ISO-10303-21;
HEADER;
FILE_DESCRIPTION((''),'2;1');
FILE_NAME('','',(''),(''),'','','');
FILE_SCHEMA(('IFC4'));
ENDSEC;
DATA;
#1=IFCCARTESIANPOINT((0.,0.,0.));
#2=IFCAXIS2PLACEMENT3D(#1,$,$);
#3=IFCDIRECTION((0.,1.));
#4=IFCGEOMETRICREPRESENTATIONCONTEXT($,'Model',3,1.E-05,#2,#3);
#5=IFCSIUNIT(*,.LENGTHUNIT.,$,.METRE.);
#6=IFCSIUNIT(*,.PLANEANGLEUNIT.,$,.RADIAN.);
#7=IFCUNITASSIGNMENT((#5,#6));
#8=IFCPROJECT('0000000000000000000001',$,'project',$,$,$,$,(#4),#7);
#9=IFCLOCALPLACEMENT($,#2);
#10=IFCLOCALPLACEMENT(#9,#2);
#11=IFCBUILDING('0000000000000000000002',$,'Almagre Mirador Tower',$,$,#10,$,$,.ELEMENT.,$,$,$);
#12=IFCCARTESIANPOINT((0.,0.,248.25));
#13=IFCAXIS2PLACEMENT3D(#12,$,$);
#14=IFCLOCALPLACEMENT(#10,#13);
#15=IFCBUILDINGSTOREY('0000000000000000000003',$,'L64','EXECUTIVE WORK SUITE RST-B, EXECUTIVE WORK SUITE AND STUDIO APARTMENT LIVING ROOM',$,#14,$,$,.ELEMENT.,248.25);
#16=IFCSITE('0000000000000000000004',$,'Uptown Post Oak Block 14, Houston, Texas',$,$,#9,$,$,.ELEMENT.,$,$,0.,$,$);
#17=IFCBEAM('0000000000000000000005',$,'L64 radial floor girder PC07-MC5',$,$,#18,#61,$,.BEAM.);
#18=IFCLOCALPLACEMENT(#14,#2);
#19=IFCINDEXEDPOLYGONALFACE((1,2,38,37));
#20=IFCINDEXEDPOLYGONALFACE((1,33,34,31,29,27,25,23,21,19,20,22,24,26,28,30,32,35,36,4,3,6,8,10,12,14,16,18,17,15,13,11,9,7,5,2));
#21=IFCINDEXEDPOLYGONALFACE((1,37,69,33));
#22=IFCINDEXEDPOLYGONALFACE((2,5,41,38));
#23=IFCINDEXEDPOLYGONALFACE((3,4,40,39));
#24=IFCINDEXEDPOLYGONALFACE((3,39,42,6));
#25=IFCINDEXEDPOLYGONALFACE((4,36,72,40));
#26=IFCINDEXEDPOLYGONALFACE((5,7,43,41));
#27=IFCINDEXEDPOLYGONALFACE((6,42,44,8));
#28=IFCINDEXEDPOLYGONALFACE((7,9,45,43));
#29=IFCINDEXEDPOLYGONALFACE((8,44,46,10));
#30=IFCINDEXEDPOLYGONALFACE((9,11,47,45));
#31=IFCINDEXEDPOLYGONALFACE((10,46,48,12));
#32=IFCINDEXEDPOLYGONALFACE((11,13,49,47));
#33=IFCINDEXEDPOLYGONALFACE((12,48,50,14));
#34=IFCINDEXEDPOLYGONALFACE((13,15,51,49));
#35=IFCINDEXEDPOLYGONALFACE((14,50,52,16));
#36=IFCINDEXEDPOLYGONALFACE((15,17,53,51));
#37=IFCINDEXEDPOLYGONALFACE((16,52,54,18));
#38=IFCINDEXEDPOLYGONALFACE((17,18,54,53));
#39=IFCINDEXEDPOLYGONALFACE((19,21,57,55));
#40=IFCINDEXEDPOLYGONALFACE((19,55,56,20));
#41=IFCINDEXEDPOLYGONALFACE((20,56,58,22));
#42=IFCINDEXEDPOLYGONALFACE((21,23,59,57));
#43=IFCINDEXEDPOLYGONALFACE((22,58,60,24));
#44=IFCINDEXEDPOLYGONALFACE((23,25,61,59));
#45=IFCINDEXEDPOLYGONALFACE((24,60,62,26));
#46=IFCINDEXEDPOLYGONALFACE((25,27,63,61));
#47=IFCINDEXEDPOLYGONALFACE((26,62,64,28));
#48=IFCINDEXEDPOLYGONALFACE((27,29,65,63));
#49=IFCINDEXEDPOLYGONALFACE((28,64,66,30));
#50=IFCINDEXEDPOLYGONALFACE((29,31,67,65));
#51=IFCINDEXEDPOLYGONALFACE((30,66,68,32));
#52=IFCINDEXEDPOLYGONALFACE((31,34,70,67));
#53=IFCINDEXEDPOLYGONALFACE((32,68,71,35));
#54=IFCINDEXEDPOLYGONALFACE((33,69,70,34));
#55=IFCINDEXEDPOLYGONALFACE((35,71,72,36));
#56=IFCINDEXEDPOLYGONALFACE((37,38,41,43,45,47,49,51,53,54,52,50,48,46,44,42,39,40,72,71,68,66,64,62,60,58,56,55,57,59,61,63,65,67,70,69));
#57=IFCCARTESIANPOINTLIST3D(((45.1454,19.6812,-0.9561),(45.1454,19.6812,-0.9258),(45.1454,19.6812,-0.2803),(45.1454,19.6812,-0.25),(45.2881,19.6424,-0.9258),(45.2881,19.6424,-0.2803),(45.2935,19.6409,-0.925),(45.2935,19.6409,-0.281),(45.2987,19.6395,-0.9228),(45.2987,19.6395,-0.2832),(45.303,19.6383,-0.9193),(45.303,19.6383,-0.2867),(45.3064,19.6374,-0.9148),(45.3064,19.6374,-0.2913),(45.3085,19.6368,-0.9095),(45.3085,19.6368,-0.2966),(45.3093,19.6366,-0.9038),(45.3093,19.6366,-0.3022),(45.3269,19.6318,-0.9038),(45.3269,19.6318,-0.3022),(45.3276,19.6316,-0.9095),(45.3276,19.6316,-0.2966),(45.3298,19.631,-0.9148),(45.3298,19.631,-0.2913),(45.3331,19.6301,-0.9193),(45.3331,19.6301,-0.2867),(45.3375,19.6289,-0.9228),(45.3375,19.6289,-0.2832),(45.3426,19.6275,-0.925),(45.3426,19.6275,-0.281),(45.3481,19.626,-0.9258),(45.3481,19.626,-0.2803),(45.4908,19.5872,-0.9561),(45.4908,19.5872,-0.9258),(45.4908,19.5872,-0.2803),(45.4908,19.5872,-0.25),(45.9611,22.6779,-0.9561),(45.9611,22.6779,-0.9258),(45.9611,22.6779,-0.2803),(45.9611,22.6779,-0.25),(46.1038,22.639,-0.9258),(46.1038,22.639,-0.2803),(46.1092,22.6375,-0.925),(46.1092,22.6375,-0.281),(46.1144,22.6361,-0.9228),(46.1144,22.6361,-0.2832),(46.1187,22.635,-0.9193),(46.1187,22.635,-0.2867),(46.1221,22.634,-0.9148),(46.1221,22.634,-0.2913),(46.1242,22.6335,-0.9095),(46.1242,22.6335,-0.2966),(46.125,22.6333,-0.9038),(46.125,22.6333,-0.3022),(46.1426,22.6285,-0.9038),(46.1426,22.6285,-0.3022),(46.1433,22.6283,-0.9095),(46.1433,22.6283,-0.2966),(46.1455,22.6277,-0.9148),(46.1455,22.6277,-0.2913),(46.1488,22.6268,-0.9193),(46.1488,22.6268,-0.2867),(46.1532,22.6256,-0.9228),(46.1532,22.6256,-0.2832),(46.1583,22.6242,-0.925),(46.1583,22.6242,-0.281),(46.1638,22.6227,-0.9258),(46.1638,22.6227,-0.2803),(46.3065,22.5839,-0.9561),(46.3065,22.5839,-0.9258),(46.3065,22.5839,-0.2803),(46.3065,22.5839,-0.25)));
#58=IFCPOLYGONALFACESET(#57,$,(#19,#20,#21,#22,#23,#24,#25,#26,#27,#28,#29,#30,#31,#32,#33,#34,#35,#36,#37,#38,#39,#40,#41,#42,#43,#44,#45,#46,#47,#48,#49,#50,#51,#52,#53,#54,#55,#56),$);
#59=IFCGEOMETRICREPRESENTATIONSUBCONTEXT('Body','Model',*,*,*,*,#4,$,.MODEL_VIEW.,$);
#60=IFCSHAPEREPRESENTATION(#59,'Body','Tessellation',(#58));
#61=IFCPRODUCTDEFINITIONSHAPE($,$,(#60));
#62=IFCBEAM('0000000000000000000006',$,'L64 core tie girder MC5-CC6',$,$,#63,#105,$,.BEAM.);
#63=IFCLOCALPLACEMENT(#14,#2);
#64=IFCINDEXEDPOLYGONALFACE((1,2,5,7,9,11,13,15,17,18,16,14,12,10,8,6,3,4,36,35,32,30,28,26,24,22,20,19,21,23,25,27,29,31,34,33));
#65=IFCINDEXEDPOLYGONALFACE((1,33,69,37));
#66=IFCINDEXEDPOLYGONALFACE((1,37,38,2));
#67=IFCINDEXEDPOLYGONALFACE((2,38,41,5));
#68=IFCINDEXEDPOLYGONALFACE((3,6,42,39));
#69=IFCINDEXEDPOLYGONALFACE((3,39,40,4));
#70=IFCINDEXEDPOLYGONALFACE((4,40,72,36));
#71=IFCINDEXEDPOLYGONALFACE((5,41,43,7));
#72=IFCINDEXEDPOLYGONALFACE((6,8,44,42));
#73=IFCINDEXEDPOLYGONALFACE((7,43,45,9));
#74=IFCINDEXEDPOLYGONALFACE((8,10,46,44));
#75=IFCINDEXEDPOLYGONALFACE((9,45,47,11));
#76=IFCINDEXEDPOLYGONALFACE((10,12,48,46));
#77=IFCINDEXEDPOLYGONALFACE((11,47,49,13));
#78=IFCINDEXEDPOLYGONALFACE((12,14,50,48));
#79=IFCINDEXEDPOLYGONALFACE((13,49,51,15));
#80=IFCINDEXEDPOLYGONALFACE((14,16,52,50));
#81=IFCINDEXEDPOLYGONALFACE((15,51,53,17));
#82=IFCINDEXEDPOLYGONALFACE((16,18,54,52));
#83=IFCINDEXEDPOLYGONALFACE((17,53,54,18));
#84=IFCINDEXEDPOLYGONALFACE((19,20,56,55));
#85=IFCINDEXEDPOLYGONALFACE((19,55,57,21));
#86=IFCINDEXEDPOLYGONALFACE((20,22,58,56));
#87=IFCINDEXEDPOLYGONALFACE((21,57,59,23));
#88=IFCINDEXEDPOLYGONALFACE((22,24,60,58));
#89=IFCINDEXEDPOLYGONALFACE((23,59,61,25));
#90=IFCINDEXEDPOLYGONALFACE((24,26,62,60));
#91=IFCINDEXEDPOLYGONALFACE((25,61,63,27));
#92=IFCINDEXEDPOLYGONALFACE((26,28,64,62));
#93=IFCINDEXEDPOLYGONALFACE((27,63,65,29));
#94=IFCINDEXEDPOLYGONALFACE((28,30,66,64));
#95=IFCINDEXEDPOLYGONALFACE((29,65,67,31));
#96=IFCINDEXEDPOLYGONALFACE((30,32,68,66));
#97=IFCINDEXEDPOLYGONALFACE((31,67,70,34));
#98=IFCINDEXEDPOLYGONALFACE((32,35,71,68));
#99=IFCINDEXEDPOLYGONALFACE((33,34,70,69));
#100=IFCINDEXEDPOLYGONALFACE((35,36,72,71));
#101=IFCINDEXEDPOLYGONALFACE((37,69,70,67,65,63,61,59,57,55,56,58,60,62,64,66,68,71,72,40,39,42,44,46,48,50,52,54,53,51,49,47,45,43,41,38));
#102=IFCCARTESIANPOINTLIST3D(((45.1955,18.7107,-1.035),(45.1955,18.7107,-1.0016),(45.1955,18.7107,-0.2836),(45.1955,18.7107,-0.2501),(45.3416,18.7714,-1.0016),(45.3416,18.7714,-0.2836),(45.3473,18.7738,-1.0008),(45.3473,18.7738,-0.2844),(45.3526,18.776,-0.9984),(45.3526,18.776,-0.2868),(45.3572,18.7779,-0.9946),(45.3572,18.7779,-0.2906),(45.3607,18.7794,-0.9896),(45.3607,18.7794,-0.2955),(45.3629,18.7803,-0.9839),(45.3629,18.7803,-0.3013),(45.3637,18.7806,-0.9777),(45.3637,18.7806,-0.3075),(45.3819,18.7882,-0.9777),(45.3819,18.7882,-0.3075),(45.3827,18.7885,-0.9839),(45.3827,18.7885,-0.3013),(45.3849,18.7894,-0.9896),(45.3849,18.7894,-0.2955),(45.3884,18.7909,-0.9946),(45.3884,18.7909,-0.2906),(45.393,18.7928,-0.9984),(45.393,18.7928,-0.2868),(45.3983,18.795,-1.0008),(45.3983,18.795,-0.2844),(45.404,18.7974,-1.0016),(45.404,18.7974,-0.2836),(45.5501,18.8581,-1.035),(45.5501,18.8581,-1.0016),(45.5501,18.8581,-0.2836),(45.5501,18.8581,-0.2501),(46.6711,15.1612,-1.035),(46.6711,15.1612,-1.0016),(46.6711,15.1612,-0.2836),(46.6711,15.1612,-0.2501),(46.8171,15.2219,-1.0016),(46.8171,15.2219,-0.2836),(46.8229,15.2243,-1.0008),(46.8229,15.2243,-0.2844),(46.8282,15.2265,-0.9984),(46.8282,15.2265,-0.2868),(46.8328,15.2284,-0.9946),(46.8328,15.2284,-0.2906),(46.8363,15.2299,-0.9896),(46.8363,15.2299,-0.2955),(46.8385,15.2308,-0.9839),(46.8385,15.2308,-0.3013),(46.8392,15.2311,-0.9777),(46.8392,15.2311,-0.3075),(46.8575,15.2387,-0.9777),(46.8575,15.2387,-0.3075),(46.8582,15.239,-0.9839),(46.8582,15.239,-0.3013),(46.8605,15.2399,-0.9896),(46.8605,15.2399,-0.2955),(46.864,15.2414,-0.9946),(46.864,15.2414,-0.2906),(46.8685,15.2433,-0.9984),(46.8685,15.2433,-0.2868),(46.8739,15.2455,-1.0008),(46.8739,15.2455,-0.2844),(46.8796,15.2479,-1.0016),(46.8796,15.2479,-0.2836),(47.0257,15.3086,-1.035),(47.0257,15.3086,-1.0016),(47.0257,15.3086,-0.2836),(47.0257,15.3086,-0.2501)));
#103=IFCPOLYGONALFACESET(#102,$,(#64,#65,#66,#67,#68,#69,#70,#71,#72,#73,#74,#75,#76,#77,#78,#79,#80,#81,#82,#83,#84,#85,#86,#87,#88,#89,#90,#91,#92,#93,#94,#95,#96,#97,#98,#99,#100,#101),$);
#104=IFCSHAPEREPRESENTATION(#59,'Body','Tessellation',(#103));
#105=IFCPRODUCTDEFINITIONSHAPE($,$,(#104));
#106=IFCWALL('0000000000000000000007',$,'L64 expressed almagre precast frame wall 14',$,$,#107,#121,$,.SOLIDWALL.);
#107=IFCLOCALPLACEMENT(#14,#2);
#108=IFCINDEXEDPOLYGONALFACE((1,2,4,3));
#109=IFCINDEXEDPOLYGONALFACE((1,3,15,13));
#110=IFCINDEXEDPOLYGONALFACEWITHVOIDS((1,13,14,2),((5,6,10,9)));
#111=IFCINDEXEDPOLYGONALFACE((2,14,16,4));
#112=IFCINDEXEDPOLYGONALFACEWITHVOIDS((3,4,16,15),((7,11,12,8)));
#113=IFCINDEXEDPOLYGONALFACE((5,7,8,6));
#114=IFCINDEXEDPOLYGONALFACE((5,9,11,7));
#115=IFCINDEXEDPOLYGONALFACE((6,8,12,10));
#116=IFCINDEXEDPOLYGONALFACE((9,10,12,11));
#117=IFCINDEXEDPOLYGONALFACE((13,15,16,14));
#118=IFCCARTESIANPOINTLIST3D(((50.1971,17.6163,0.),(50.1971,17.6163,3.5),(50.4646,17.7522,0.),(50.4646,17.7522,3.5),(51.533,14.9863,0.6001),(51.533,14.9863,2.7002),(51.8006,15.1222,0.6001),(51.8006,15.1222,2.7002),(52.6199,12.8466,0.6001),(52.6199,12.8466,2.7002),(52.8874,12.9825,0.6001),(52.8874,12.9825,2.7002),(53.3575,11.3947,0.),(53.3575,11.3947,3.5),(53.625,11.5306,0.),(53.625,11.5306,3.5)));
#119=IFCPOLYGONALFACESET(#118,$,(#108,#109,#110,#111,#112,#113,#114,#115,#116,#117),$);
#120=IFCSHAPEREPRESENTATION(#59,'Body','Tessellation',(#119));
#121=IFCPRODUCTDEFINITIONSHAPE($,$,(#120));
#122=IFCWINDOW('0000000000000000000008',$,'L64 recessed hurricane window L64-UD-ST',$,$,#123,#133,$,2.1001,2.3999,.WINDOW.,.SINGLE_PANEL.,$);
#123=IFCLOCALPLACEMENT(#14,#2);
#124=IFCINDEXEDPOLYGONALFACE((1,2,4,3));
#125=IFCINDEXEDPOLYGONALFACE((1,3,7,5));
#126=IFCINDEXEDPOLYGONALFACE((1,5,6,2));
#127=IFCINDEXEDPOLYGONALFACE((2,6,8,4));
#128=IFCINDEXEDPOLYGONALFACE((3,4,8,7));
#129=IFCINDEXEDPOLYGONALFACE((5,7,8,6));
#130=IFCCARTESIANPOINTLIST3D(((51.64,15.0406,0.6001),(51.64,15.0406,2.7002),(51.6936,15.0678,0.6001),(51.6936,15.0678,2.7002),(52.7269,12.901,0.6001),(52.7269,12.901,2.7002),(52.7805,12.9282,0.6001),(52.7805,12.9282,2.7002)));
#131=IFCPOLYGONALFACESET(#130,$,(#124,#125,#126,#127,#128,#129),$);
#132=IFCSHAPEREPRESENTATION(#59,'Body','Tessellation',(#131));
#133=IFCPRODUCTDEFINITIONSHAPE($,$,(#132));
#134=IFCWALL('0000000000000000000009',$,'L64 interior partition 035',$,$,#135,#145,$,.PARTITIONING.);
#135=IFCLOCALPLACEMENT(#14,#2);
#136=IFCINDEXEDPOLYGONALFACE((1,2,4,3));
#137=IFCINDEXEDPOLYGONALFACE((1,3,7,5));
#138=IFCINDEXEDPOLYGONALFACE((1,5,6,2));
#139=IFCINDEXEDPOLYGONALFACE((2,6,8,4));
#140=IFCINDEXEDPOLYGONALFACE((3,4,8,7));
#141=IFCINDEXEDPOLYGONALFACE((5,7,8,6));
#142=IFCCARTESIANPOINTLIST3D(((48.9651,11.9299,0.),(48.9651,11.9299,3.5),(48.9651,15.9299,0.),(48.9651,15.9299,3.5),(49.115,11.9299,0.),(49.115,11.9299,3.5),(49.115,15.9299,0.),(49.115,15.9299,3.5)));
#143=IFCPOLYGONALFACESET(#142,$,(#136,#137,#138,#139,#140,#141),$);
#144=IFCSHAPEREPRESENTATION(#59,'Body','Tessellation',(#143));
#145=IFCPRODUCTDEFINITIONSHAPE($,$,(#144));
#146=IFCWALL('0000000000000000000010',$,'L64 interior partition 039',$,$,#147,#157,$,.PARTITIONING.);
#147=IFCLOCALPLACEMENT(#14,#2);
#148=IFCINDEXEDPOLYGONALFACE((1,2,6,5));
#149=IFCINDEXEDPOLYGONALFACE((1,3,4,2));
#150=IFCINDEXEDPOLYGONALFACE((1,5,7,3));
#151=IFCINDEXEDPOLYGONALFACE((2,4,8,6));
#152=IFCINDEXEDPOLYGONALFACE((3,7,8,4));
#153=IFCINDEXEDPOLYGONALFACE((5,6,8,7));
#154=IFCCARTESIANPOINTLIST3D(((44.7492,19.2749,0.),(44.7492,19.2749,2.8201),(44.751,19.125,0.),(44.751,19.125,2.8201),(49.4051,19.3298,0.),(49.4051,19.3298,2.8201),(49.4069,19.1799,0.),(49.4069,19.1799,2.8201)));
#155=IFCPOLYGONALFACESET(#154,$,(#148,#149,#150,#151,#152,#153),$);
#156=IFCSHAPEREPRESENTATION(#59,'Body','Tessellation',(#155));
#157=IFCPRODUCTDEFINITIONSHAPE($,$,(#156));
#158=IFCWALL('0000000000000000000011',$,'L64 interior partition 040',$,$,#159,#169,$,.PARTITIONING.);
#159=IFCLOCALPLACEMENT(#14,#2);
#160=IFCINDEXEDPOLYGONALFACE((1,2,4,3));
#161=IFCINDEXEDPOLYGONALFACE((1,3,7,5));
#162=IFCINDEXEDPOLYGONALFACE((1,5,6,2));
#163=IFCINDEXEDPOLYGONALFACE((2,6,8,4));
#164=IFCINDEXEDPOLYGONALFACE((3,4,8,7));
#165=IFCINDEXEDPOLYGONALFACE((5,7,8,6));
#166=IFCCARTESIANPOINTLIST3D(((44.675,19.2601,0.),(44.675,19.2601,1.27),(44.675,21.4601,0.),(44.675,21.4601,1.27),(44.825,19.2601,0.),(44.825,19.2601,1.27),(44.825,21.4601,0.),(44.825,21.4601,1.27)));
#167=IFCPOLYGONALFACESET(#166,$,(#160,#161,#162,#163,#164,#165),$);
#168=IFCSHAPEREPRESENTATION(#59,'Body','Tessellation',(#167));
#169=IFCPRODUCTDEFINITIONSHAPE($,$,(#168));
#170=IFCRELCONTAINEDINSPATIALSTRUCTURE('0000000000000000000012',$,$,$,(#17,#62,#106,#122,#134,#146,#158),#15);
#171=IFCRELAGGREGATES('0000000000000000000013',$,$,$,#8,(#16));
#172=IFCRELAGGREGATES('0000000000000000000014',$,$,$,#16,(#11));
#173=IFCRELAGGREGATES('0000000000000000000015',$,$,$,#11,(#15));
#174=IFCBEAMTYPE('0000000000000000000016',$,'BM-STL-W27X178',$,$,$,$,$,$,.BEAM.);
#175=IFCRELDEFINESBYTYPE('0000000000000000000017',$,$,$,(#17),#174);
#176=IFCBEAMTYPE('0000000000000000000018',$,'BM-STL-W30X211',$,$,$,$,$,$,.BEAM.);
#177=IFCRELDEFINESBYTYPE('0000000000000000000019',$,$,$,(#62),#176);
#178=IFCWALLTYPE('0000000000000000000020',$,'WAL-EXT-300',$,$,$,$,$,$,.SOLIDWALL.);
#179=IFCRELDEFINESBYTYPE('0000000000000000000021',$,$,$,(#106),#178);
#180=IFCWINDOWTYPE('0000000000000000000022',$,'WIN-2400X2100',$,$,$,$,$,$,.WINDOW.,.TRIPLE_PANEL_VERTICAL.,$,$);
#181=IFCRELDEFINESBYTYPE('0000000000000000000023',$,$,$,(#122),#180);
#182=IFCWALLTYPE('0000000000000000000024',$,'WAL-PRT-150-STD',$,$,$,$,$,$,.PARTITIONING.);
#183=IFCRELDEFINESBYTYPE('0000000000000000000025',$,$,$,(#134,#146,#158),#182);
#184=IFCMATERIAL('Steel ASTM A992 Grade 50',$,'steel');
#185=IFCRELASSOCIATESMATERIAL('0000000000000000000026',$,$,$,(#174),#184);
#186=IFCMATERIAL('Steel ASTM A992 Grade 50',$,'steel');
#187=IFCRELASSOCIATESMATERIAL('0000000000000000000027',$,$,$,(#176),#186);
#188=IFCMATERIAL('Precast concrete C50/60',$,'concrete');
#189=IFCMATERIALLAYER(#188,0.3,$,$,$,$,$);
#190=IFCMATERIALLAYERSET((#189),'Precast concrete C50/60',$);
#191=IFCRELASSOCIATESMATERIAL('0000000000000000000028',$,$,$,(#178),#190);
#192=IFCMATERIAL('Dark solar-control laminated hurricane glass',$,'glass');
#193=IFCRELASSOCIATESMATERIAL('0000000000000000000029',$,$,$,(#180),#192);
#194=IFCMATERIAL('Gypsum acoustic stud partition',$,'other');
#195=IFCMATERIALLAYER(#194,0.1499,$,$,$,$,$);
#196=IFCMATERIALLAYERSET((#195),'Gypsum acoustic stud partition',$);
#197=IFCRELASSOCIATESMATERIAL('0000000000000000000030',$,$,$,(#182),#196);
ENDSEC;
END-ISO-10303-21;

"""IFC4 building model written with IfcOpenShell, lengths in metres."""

from ifc_helpers import new_model, si_unit, direction, frame, frame_2d, origin, origin_2d, place, context, subcontext, project, spatial, rectangle, i_section, extrude, material, layer, layer_set, material_profile, profile_set, type_object, element, fill, save


model = new_model("IFC4")

# Units and contexts
model_context = context("Model", 3, precision=1e-05, world=origin(), true_north=direction((0.0, 1.0)))
body_context = subcontext(model_context, "Body", "Model", "MODEL_VIEW")
ifc_project = project(units=[si_unit("LENGTHUNIT", "METRE"), si_unit("PLANEANGLEUNIT", "RADIAN")], contexts=[model_context])

# Site, building, storey
site_placement = place(None, origin())
site = spatial("IfcSite", under=ifc_project, at=site_placement, Name="Uptown Post Oak Block 14, Houston, Texas", CompositionType="ELEMENT", RefElevation=0.0)
building_placement = place(site_placement, origin())
building = spatial("IfcBuilding", under=site, at=building_placement, Name="Almagre Mirador Tower", CompositionType="ELEMENT")
storey_placement = place(building_placement, frame((0.0, 0.0, 248.25)))
storey = spatial("IfcBuildingStorey", under=building, at=storey_placement, Name="L64", Description="EXECUTIVE WORK SUITE RST-B, EXECUTIVE WORK SUITE AND STUDIO APARTMENT LIVING ROOM", CompositionType="ELEMENT", Elevation=248.25)

# Beams
ifc_material_1 = material(Name="Steel ASTM A992 Grade 50", Category="steel")
ifc_material_profile_1 = material_profile(ifc_material_1, i_section(OverallWidth=0.3579, OverallDepth=0.7061, WebThickness=0.0183, FlangeThickness=0.0303, FilletRadius=0.022, at=origin_2d()), Name="W27X178")
ifc_profile_set_1 = profile_set([ifc_material_profile_1], Name="Steel ASTM A992 Grade 50")
beam_type_1 = type_object("IfcBeamType", Name="BM-STL-W27X178", PredefinedType="BEAM", material=ifc_profile_set_1)
beam_1_placement = place(storey_placement, frame((46.1338, 22.6309, -0.603), z_axis=(-0.262645, -0.964893, 0.0), x_axis=(0.964893, -0.262645, 0.0)))
element("IfcBeam", 1, at=beam_1_placement, inside=storey, type_object=beam_type_1, Name="L64 radial floor girder PC07-MC5", PredefinedType="BEAM", context=body_context, shape_type="SweptSolid", body=[
    extrude(i_section(OverallWidth=0.3579, OverallDepth=0.7061, WebThickness=0.0183, FlangeThickness=0.0303, FilletRadius=0.022, at=origin_2d()), origin(), (0.0, 0.0, 1.0), 3.1057),
])
ifc_material_2 = material(Name="Steel ASTM A992 Grade 50", Category="steel")
ifc_material_profile_2 = material_profile(ifc_material_2, i_section(OverallWidth=0.384, OverallDepth=0.7849, WebThickness=0.0198, FlangeThickness=0.0334, FilletRadius=0.0239, at=origin_2d()), Name="W30X211")
ifc_profile_set_2 = profile_set([ifc_material_profile_2], Name="Steel ASTM A992 Grade 50")
beam_type_2 = type_object("IfcBeamType", Name="BM-STL-W30X211", PredefinedType="BEAM", material=ifc_profile_set_2)
beam_2_placement = place(storey_placement, frame((45.3728, 18.7844, -0.6426), z_axis=(0.383862, -0.92339, 0.0), x_axis=(0.92339, 0.383862, 0.0)))
element("IfcBeam", 2, at=beam_2_placement, inside=storey, type_object=beam_type_2, Name="L64 core tie girder MC5-CC6", PredefinedType="BEAM", context=body_context, shape_type="SweptSolid", body=[
    extrude(i_section(OverallWidth=0.384, OverallDepth=0.7849, WebThickness=0.0198, FlangeThickness=0.0334, FilletRadius=0.0239, at=origin_2d()), origin(), (0.0, 0.0, 1.0), 3.844),
])

# Wall, opening, window
ifc_material_3 = material(Name="Precast concrete C50/60", Category="concrete")
ifc_layer_1 = layer(ifc_material_3, 0.3)
ifc_layer_set_1 = layer_set([ifc_layer_1], Name="Precast concrete C50/60")
wall_type_1 = type_object("IfcWallType", Name="WAL-EXT-300", PredefinedType="SOLIDWALL", material=ifc_layer_set_1)
wall_1_placement = place(storey_placement, frame((50.3308, 17.6843, 0.0), z_axis=(0.0, 0.0, 1.0), x_axis=(0.452886, -0.891568, 0.0)))
wall_1 = element("IfcWall", 3, at=wall_1_placement, inside=storey, type_object=wall_type_1, Name="L64 expressed almagre precast frame wall 14", PredefinedType="SOLIDWALL", context=body_context, shape_type="SweptSolid", body=[
    extrude(rectangle(XDim=6.9783, YDim=0.3, at=frame_2d((3.4893, 0.0))), origin(), (0.0, 0.0, 1.0), 3.5),
])
opening_1_placement = place(wall_1_placement, frame((2.95, 0.0, 0.6001)))
opening_1 = element("IfcOpeningElement", 4, at=opening_1_placement, cuts=wall_1, PredefinedType="OPENING", context=body_context, shape_type="SweptSolid", body=[
    extrude(rectangle(XDim=2.3999, YDim=2.1001, at=frame_2d((1.2, 1.05))), frame((0.0, 0.1599, 0.0), z_axis=(0.0, -1.0, 0.0), x_axis=(1.0, 0.0, 0.0)), (0.0, 0.0, 1.0), 0.32),
])
ifc_material_4 = material(Name="Dark solar-control laminated hurricane glass", Category="glass")
window_type = type_object("IfcWindowType", Name="WIN-2400X2100", PartitioningType="TRIPLE_PANEL_VERTICAL", PredefinedType="WINDOW", material=ifc_material_4)
window_placement = place(opening_1_placement, origin())
window = element("IfcWindow", 5, at=window_placement, inside=storey, type_object=window_type, Name="L64 recessed hurricane window L64-UD-ST", OverallHeight=2.1001, OverallWidth=2.3999, PartitioningType="SINGLE_PANEL", PredefinedType="WINDOW", context=body_context, shape_type="SweptSolid", body=[
    extrude(rectangle(XDim=2.3999, YDim=2.1001, at=frame_2d((1.2, 1.05))), frame((0.0, 0.03, 0.0), z_axis=(0.0, -1.0, 0.0), x_axis=(1.0, 0.0, 0.0)), (0.0, 0.0, 1.0), 0.0601),
])
fill(opening_1, window)

# Walls
ifc_material_5 = material(Name="Gypsum acoustic stud partition", Category="other")
ifc_layer_2 = layer(ifc_material_5, 0.1499)
ifc_layer_set_2 = layer_set([ifc_layer_2], Name="Gypsum acoustic stud partition")
wall_type_2 = type_object("IfcWallType", Name="WAL-PRT-150-STD", PredefinedType="PARTITIONING", material=ifc_layer_set_2)
wall_2_placement = place(storey_placement, frame((49.04, 15.9299, 0.0), z_axis=(0.0, 0.0, 1.0), x_axis=(0.0, -1.0, 0.0)))
element("IfcWall", 6, at=wall_2_placement, inside=storey, type_object=wall_type_2, Name="L64 interior partition 035", PredefinedType="PARTITIONING", context=body_context, shape_type="SweptSolid", body=[
    extrude(rectangle(XDim=4.0, YDim=0.1499, at=frame_2d((2.0, 0.0))), origin(), (0.0, 0.0, 1.0), 3.5),
])
wall_3_placement = place(storey_placement, frame((49.406, 19.2549, 0.0), z_axis=(0.0, 0.0, 1.0), x_axis=(-0.99993, -0.011797, 0.0)))
element("IfcWall", 7, at=wall_3_placement, inside=storey, type_object=wall_type_2, Name="L64 interior partition 039", PredefinedType="PARTITIONING", context=body_context, shape_type="SweptSolid", body=[
    extrude(rectangle(XDim=4.6562, YDim=0.1499, at=frame_2d((2.3281, 0.0))), origin(), (0.0, 0.0, 1.0), 2.8201),
])
wall_4_placement = place(storey_placement, frame((44.75, 19.26, 0.0), z_axis=(0.0, 0.0, 1.0), x_axis=(0.0, 1.0, 0.0)))
element("IfcWall", 8, at=wall_4_placement, inside=storey, type_object=wall_type_2, Name="L64 interior partition 040", PredefinedType="PARTITIONING", context=body_context, shape_type="SweptSolid", body=[
    extrude(rectangle(XDim=2.2, YDim=0.1499, at=frame_2d((1.1001, 0.0))), origin(), (0.0, 0.0, 1.0), 1.27),
])

save(model, "model.ifc")
